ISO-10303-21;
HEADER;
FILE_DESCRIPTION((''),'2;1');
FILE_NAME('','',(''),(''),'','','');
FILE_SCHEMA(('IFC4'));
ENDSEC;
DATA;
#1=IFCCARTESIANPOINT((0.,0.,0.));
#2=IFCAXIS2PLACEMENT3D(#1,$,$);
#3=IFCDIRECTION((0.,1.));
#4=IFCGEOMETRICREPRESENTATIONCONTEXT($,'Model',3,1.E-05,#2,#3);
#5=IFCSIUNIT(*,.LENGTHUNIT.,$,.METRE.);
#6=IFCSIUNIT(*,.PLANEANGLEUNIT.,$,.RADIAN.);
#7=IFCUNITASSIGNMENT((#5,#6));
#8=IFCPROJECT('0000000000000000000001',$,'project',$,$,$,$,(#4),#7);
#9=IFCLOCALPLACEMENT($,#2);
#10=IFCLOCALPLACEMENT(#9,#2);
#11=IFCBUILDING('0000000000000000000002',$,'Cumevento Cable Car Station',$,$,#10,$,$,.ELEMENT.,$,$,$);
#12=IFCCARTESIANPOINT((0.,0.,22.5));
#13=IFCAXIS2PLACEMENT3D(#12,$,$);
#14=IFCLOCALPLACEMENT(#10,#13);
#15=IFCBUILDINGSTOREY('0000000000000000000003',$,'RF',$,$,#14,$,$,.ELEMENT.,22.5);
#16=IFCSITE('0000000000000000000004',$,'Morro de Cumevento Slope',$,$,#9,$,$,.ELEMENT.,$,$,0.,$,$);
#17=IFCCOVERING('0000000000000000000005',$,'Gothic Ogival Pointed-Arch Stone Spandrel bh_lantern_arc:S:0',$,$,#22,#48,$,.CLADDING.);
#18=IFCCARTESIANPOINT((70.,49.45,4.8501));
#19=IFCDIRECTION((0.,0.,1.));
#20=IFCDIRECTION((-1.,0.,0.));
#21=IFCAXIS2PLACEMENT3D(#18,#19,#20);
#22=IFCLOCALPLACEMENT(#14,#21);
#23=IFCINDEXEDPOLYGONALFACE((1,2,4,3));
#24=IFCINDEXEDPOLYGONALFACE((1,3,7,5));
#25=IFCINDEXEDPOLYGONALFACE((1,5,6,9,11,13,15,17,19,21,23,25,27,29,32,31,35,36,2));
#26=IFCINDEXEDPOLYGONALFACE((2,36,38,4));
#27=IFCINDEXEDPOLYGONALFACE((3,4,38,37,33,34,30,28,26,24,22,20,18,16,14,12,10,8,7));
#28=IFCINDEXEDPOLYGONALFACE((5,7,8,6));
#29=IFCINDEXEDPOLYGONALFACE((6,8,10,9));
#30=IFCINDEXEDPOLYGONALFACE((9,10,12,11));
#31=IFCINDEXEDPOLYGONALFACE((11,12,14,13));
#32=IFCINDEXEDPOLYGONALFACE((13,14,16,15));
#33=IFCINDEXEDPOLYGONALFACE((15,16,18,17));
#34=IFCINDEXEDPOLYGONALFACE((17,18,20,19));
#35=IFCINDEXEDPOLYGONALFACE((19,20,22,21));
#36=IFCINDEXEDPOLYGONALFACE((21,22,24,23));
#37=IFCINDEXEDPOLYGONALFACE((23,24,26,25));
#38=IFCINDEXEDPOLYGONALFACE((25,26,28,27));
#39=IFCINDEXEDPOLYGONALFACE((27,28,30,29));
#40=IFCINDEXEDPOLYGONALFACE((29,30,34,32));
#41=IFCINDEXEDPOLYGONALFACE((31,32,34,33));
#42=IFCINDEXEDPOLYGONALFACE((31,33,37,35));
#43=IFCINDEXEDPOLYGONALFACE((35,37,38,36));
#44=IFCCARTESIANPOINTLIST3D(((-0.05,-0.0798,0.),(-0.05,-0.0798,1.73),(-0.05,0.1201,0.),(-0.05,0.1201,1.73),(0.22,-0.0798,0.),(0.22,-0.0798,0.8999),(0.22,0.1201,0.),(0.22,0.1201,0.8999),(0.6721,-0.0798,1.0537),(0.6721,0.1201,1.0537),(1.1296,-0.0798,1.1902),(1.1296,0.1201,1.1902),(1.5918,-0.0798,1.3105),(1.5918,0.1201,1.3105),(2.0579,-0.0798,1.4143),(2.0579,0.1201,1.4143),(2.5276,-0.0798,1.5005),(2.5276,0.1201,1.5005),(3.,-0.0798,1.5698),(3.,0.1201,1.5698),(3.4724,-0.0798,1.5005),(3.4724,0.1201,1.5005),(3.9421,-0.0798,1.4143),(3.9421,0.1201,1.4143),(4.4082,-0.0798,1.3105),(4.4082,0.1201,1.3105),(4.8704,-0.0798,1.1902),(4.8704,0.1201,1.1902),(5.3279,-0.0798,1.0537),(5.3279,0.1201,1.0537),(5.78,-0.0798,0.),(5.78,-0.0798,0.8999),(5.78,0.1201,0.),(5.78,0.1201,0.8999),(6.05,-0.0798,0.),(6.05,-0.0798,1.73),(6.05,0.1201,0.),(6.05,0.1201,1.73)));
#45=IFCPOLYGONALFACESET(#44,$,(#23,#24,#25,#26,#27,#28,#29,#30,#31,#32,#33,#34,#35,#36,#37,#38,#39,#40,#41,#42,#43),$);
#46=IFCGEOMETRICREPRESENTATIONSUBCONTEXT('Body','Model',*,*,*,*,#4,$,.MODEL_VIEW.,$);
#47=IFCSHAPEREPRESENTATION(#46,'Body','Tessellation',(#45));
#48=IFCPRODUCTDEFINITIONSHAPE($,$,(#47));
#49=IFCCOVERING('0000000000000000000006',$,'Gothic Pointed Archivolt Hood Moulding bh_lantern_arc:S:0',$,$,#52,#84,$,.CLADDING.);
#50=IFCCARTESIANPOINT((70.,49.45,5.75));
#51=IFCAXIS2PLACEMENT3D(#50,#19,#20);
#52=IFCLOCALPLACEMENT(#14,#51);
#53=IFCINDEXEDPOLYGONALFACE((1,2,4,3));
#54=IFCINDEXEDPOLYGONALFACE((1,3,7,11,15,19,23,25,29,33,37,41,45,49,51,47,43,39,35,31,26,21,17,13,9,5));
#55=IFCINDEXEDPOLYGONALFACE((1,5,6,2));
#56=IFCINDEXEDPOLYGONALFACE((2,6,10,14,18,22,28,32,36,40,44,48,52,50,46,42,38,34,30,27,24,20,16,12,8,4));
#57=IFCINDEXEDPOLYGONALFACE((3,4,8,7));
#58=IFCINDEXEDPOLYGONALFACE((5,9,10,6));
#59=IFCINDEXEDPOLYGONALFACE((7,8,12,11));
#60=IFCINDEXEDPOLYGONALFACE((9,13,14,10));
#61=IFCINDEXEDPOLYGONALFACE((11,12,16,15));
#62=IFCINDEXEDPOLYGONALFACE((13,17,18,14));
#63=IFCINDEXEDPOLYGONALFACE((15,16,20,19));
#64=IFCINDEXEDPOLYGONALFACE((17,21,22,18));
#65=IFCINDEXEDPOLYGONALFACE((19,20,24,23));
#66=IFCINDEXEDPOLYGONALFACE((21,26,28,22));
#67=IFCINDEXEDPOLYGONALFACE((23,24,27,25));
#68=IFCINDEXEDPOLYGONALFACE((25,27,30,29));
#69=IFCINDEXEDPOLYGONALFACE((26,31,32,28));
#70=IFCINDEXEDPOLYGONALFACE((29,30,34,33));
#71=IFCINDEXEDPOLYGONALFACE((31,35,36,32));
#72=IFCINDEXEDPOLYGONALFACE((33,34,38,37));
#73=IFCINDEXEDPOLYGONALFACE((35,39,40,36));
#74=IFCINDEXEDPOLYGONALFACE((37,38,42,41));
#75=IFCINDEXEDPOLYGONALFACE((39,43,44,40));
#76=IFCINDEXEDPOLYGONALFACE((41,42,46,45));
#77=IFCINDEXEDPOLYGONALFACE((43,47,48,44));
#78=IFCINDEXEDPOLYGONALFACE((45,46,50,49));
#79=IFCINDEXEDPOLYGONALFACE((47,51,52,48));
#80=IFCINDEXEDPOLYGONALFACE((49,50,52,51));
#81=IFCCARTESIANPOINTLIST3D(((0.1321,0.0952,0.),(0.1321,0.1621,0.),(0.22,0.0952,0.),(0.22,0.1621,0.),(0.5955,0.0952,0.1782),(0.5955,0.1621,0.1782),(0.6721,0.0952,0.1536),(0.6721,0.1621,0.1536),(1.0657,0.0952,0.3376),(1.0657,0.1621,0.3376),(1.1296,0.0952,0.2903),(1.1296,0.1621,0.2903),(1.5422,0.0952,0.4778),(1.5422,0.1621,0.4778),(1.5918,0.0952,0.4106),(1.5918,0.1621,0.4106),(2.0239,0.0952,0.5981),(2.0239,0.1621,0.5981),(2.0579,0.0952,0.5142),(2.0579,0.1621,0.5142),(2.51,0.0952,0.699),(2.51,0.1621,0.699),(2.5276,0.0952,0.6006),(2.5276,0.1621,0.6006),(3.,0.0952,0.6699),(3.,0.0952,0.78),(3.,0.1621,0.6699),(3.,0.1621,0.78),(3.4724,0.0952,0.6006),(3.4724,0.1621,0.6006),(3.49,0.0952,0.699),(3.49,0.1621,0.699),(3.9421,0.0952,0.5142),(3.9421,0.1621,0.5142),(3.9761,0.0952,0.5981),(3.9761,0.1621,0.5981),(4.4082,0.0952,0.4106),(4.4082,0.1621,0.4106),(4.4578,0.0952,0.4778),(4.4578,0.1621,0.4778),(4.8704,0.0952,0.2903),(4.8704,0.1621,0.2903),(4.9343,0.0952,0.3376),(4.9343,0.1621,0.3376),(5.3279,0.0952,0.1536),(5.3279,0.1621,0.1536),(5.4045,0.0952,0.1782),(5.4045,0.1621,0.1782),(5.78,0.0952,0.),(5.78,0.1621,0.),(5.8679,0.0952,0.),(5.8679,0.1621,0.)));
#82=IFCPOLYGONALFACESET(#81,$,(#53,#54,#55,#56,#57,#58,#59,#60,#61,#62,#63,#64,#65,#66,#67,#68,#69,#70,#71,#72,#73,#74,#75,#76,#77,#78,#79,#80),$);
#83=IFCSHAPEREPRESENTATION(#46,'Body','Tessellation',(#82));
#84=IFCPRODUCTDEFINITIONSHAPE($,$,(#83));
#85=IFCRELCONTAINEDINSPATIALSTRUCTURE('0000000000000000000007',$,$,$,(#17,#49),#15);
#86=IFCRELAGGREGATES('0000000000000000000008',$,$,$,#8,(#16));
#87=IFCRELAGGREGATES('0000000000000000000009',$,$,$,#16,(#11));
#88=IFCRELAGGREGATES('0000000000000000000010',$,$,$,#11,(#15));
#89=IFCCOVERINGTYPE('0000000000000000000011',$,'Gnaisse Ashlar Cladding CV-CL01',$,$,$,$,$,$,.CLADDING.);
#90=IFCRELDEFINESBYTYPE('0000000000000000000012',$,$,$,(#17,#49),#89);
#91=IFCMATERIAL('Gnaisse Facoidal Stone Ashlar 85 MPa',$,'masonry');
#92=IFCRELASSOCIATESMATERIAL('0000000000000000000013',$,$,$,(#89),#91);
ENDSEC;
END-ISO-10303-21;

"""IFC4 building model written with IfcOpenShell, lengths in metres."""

from ifc_helpers import new_model, si_unit, direction, frame, origin, place, context, subcontext, project, spatial, polyline, outline, extrude, material, type_object, element, save


model = new_model("IFC4")

# Units and contexts
model_context = context("Model", 3, precision=1e-05, world=origin(), true_north=direction((0.0, 1.0)))
body_context = subcontext(model_context, "Body", "Model", "MODEL_VIEW")
ifc_project = project(units=[si_unit("LENGTHUNIT", "METRE"), si_unit("PLANEANGLEUNIT", "RADIAN")], contexts=[model_context])

# Site, building, storey
site_placement = place(None, origin())
site = spatial("IfcSite", under=ifc_project, at=site_placement, Name="Morro de Cumevento Slope", CompositionType="ELEMENT", RefElevation=0.0)
building_placement = place(site_placement, origin())
building = spatial("IfcBuilding", under=site, at=building_placement, Name="Cumevento Cable Car Station", CompositionType="ELEMENT")
storey_placement = place(building_placement, frame((0.0, 0.0, 22.5)))
storey = spatial("IfcBuildingStorey", under=building, at=storey_placement, Name="RF", CompositionType="ELEMENT", Elevation=22.5)

# Coverings
ifc_material_1 = material(Name="Gnaisse Facoidal Stone Ashlar 85 MPa", Category="masonry")
covering_type = type_object("IfcCoveringType", Name="Gnaisse Ashlar Cladding CV-CL01", PredefinedType="CLADDING", material=ifc_material_1)
covering_1_placement = place(storey_placement, frame((70.0, 49.45, 4.8501), z_axis=(0.0, 0.0, 1.0), x_axis=(-1.0, 0.0, 0.0)))
element("IfcCovering", 1, at=covering_1_placement, inside=storey, type_object=covering_type, Name="Gothic Ogival Pointed-Arch Stone Spandrel bh_lantern_arc:S:0", PredefinedType="CLADDING", context=body_context, shape_type="SweptSolid", body=[
    extrude(outline(polyline([(-0.05, 0.0), (-0.05, 1.73), (6.05, 1.73), (6.05, 0.0), (5.78, 0.0), (5.78, 0.8999), (5.3279, 1.0537), (4.8704, 1.1902), (4.4082, 1.3105), (3.9421, 1.4143), (3.4724, 1.5005), (3.0, 1.5698), (2.5276, 1.5005), (2.0579, 1.4143), (1.5918, 1.3105), (1.1296, 1.1902), (0.6721, 1.0537), (0.22, 0.8999), (0.22, 0.0), (-0.05, 0.0)])), frame((0.0, 0.1201, 0.0), z_axis=(0.0, -1.0, 0.0), x_axis=(1.0, 0.0, 0.0)), (0.0, 0.0, 1.0), 0.2),
])
covering_2_placement = place(storey_placement, frame((70.0, 49.45, 5.75), z_axis=(0.0, 0.0, 1.0), x_axis=(-1.0, 0.0, 0.0)))
element("IfcCovering", 2, at=covering_2_placement, inside=storey, type_object=covering_type, Name="Gothic Pointed Archivolt Hood Moulding bh_lantern_arc:S:0", PredefinedType="CLADDING", context=body_context, shape_type="SweptSolid", body=[
    extrude(outline(polyline([(0.22, 0.0), (0.6721, 0.1536), (1.1296, 0.2903), (1.5918, 0.4106), (2.0579, 0.5142), (2.5276, 0.6006), (3.0, 0.6699), (3.4724, 0.6006), (3.9421, 0.5142), (4.4082, 0.4106), (4.8704, 0.2903), (5.3279, 0.1536), (5.78, 0.0), (5.8679, 0.0), (5.4045, 0.1782), (4.9343, 0.3376), (4.4578, 0.4778), (3.9761, 0.5981), (3.49, 0.699), (3.0, 0.78), (2.51, 0.699), (2.0239, 0.5981), (1.5422, 0.4778), (1.0657, 0.3376), (0.5955, 0.1782), (0.1321, 0.0), (0.22, 0.0)])), frame((0.0, 0.1621, 0.0), z_axis=(0.0, -1.0, 0.0), x_axis=(1.0, 0.0, 0.0)), (0.0, 0.0, 1.0), 0.0669),
])

save(model, "model.ifc")
